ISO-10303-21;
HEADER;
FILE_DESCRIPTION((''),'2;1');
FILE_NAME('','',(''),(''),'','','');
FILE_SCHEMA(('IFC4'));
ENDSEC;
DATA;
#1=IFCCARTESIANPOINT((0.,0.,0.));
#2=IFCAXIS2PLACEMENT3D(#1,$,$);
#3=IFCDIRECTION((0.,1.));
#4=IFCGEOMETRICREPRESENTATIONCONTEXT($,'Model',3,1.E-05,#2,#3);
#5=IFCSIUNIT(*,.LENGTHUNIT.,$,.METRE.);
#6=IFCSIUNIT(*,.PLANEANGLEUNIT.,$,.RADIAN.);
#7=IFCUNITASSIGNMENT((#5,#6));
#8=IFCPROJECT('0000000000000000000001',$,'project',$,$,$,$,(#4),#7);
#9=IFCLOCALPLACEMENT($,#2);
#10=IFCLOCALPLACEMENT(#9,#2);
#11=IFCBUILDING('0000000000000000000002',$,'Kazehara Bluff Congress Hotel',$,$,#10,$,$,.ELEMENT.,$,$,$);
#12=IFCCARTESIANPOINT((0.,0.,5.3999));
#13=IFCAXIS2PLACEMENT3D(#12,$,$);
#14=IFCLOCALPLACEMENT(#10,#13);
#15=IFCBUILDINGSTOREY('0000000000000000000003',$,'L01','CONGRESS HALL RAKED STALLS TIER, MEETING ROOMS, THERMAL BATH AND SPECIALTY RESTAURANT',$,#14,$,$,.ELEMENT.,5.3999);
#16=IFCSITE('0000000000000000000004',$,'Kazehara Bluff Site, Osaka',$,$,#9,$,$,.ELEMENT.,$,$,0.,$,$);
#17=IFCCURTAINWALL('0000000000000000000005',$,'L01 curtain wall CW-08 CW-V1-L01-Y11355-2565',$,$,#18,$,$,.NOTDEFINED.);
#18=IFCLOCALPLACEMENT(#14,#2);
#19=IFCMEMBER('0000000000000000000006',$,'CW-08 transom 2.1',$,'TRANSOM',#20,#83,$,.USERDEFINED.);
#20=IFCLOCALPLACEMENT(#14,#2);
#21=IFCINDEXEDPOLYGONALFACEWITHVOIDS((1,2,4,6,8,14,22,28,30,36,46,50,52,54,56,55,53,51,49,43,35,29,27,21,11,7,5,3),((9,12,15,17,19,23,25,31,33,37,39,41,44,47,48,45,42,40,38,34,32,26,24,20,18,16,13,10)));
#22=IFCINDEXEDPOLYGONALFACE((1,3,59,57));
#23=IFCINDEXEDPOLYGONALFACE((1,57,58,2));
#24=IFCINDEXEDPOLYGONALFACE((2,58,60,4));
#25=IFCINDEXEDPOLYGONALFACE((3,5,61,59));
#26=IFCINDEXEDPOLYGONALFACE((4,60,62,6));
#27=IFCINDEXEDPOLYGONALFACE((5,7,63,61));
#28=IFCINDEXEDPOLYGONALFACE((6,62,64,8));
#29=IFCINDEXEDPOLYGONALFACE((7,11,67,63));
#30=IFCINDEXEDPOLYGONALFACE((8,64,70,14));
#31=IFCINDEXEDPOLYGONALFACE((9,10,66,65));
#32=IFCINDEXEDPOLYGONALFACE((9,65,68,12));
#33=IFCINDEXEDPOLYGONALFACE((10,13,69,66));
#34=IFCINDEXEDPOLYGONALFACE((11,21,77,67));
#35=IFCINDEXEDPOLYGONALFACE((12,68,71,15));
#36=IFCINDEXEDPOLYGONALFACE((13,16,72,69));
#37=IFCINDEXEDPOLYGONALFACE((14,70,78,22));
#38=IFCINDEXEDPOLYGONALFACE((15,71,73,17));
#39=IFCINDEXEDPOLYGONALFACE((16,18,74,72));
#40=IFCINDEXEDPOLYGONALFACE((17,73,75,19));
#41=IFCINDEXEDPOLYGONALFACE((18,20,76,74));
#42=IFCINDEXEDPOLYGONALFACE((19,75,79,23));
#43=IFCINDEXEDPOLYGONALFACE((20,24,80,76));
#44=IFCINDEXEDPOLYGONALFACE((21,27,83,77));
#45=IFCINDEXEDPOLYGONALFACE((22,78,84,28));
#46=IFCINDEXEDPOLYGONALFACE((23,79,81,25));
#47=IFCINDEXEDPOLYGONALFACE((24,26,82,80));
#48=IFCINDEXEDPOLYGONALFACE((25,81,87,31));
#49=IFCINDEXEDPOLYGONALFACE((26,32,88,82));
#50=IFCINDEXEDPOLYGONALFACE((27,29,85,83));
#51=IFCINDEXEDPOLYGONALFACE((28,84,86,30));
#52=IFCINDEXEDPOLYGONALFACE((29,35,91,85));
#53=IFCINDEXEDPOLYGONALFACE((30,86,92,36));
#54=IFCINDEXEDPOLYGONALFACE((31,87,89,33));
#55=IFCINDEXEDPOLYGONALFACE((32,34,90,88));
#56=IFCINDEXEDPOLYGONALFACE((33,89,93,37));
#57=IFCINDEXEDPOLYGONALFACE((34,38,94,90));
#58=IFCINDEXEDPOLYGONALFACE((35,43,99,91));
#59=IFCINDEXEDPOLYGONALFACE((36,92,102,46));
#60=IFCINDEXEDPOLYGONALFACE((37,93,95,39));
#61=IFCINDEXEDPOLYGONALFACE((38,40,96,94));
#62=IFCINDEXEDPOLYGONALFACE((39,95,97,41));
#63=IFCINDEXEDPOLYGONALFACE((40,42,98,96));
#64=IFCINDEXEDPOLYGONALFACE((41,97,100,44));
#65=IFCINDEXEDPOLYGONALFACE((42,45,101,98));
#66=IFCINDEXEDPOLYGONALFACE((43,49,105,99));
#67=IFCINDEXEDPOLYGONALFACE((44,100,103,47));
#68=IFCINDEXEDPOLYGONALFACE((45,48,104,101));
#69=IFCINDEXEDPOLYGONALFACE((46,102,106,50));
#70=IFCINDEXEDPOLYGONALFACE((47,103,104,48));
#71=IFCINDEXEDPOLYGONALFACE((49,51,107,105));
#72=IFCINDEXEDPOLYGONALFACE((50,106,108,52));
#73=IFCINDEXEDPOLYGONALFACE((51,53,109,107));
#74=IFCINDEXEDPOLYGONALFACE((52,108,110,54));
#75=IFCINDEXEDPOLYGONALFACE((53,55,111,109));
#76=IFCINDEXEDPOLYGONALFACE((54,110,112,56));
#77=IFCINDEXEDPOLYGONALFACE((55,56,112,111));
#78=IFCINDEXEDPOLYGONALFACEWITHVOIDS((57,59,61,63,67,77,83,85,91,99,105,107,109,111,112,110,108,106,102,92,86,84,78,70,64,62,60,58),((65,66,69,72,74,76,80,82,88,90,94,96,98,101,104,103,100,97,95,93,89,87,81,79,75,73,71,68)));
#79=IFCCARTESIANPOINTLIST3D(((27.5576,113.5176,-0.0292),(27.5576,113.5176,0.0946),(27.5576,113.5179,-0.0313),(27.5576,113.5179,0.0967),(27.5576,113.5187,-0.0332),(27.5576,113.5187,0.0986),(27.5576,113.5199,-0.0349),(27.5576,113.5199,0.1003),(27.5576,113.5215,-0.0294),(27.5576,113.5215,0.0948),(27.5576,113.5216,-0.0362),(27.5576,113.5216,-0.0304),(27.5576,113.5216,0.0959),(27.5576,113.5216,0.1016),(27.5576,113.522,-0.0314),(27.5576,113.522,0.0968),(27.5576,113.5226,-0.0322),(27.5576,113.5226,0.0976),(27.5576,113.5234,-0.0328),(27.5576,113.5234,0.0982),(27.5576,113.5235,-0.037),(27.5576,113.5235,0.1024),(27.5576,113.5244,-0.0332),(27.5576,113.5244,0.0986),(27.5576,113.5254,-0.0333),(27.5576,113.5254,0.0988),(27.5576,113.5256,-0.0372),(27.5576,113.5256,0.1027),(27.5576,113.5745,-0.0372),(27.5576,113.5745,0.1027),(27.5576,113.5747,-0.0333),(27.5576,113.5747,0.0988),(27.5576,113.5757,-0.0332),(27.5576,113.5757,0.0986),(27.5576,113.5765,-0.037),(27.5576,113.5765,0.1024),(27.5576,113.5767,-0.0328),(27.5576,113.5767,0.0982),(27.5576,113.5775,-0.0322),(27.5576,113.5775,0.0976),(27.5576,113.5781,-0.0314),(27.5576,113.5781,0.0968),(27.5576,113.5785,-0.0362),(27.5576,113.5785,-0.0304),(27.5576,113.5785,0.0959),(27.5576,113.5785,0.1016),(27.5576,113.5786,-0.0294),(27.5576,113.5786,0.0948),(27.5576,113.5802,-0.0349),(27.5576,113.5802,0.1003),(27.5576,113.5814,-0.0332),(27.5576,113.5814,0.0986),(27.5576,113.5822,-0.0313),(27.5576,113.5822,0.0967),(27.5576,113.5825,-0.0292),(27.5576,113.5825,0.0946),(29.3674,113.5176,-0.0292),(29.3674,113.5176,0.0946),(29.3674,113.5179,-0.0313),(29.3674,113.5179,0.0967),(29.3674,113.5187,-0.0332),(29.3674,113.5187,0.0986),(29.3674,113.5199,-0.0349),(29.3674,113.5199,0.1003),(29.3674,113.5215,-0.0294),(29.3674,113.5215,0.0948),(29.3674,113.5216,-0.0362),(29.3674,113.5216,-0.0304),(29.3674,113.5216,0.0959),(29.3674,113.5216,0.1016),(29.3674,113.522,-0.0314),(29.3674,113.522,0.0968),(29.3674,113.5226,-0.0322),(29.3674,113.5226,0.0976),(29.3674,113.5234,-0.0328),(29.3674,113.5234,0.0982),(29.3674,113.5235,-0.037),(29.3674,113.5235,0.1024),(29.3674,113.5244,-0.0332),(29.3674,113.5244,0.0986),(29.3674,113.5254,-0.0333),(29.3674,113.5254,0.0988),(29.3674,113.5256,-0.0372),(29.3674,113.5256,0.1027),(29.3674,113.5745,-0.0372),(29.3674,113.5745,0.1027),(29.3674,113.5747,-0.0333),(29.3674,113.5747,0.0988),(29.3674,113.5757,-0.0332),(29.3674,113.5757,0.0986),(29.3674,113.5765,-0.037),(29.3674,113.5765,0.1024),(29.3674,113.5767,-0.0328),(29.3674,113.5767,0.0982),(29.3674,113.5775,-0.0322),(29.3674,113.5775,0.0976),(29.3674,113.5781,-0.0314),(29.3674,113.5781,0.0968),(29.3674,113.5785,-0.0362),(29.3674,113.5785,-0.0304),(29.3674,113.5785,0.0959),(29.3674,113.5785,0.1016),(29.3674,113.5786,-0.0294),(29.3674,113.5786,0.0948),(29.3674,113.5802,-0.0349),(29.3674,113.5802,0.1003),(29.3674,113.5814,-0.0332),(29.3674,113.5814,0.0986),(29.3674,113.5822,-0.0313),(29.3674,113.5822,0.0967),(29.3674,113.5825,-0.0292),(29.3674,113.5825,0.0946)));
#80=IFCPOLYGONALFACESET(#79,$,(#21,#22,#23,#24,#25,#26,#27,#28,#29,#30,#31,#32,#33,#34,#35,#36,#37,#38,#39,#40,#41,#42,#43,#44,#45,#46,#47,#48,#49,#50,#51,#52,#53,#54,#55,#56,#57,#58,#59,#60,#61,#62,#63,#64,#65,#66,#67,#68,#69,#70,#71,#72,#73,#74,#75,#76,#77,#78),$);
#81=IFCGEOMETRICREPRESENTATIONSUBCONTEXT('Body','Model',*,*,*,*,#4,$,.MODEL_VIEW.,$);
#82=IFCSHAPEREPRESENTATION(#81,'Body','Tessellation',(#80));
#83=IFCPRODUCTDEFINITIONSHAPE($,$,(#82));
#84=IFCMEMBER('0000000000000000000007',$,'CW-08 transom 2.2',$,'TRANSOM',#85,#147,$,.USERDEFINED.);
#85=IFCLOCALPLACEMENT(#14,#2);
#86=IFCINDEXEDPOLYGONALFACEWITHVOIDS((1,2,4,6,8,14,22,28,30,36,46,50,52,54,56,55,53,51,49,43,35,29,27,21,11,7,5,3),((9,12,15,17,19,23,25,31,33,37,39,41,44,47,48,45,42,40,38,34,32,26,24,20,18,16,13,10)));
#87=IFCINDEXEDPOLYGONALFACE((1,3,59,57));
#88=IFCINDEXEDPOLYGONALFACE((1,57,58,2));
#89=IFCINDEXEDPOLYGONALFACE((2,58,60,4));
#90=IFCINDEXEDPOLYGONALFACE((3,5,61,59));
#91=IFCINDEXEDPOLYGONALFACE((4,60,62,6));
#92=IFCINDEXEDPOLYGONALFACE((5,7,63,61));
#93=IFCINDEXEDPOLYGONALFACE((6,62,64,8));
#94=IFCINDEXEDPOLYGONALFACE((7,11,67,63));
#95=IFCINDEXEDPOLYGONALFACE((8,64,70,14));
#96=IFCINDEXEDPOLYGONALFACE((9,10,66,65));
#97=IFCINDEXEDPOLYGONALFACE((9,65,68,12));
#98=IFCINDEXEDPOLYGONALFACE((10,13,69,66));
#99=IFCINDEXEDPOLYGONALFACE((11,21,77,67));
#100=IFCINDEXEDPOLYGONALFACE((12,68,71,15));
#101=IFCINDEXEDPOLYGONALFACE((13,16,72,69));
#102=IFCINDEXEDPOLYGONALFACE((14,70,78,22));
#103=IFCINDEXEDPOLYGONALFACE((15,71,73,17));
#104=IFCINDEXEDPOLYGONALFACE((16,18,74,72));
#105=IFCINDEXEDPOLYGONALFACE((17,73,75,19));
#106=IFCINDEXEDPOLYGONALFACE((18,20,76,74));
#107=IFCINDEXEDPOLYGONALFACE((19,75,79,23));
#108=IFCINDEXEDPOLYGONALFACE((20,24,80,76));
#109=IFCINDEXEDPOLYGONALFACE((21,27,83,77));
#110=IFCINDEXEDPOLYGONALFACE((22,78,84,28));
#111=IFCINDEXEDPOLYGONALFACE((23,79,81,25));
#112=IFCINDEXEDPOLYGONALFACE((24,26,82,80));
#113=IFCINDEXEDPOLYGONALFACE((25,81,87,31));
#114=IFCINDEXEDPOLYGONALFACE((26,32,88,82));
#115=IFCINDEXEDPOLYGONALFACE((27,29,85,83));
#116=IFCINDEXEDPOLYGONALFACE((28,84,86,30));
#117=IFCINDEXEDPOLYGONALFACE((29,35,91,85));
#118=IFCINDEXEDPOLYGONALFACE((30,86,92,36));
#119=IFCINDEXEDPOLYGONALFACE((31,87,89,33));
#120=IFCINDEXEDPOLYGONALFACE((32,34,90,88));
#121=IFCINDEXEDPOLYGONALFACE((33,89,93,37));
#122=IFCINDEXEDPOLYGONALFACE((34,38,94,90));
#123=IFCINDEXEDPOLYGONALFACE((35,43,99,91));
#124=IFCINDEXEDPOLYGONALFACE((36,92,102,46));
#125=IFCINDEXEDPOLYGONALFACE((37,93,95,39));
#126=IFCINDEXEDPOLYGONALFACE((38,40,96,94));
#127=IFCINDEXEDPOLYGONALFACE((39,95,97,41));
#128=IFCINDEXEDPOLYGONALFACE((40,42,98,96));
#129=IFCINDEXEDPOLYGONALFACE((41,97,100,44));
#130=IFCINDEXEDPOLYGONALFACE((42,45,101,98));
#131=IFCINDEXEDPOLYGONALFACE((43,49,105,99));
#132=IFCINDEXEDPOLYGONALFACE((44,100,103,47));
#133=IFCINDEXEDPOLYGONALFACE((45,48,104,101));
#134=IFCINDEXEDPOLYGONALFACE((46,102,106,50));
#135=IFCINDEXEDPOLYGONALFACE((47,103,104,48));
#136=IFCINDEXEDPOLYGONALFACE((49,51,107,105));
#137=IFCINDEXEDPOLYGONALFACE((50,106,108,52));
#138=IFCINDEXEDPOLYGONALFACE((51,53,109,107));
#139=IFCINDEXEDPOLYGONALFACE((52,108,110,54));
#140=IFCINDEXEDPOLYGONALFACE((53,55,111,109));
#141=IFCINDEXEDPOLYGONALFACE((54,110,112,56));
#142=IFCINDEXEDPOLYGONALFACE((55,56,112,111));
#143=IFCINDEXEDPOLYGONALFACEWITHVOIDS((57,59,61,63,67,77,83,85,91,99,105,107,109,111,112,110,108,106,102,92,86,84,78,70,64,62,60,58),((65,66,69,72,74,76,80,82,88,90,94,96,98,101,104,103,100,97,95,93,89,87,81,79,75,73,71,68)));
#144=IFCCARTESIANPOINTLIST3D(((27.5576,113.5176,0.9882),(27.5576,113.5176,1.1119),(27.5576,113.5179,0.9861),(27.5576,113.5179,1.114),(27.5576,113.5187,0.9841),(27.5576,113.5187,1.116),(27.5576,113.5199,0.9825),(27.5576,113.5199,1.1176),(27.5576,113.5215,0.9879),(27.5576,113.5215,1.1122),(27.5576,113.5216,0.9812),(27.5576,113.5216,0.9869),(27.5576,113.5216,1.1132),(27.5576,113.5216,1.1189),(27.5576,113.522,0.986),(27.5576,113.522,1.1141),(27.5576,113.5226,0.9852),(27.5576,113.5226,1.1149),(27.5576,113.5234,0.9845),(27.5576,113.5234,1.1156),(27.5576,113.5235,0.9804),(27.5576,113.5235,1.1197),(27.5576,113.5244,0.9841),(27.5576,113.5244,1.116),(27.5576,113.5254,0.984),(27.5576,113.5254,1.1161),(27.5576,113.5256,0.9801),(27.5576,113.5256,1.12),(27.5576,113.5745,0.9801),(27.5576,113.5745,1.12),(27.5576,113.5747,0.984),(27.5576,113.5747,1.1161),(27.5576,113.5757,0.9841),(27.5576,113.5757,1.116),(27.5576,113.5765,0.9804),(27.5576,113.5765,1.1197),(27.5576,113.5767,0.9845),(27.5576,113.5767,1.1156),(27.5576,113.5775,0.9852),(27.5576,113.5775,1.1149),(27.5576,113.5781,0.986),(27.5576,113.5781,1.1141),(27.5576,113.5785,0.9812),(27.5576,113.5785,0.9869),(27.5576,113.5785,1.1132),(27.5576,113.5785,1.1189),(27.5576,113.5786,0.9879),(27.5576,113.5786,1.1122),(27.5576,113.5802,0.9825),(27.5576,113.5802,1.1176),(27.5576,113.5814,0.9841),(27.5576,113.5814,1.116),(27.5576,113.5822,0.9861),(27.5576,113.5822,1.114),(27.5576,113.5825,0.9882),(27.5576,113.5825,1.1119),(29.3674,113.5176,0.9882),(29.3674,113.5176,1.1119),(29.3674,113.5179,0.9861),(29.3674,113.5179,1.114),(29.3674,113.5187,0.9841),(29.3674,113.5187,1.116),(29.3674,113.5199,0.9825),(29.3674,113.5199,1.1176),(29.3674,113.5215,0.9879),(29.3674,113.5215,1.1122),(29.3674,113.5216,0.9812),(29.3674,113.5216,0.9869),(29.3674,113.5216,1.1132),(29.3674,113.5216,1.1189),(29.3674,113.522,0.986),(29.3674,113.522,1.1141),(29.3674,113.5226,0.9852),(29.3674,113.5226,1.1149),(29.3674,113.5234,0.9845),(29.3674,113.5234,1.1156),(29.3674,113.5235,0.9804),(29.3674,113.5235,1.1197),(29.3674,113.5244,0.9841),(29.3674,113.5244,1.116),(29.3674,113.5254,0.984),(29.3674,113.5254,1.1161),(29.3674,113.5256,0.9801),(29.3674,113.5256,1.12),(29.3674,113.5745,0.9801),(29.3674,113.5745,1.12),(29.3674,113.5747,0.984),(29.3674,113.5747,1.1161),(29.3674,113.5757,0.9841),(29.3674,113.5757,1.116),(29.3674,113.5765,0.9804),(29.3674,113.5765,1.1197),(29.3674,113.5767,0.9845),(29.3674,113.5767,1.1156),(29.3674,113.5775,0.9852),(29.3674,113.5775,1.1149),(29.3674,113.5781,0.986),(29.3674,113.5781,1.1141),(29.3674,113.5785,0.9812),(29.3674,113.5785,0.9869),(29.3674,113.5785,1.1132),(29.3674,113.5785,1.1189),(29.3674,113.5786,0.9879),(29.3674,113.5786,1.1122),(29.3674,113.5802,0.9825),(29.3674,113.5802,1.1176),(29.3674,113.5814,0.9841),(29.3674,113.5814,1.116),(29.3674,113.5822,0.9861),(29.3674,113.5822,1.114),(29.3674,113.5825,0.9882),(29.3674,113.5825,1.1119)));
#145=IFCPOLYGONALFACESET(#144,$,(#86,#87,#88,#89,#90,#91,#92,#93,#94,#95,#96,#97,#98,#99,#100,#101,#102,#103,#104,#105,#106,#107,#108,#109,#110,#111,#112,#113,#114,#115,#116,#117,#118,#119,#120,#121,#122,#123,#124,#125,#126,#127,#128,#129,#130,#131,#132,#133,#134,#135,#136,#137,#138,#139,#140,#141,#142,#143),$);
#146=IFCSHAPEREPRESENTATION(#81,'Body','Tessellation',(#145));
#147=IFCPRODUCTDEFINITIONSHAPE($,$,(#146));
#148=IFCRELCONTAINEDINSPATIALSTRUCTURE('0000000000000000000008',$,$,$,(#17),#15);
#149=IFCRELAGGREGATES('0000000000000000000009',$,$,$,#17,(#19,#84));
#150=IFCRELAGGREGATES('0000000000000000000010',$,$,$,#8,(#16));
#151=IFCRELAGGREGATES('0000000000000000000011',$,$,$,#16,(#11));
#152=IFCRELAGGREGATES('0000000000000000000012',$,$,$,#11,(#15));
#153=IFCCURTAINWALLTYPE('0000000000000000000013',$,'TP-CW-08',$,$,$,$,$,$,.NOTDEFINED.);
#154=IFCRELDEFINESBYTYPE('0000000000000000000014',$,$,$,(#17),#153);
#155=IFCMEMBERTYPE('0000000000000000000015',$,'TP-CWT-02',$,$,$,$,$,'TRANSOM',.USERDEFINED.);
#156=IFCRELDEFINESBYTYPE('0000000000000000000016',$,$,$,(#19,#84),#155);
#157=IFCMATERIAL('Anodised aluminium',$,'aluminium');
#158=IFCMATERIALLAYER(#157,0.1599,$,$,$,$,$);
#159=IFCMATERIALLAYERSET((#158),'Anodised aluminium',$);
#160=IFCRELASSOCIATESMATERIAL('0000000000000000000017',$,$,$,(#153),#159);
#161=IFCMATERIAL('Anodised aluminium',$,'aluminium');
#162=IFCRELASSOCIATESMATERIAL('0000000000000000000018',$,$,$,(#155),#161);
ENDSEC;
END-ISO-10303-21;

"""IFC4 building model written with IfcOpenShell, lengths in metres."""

from ifc_helpers import new_model, si_unit, direction, frame, origin, origin_2d, place, context, subcontext, project, spatial, hollow_rectangle, extrude, material, layer, layer_set, material_profile, profile_set, type_object, element, aggregate, save


model = new_model("IFC4")

# Units and contexts
model_context = context("Model", 3, precision=1e-05, world=origin(), true_north=direction((0.0, 1.0)))
body_context = subcontext(model_context, "Body", "Model", "MODEL_VIEW")
ifc_project = project(units=[si_unit("LENGTHUNIT", "METRE"), si_unit("PLANEANGLEUNIT", "RADIAN")], contexts=[model_context])

# Site, building, storey
site_placement = place(None, origin())
site = spatial("IfcSite", under=ifc_project, at=site_placement, Name="Kazehara Bluff Site, Osaka", CompositionType="ELEMENT", RefElevation=0.0)
building_placement = place(site_placement, origin())
building = spatial("IfcBuilding", under=site, at=building_placement, Name="Kazehara Bluff Congress Hotel", CompositionType="ELEMENT")
storey_placement = place(building_placement, frame((0.0, 0.0, 5.3999)))
storey = spatial("IfcBuildingStorey", under=building, at=storey_placement, Name="L01", Description="CONGRESS HALL RAKED STALLS TIER, MEETING ROOMS, THERMAL BATH AND SPECIALTY RESTAURANT", CompositionType="ELEMENT", Elevation=5.3999)

# Curtain wall
ifc_material_1 = material(Name="Anodised aluminium", Category="aluminium")
ifc_layer_1 = layer(ifc_material_1, 0.1599)
ifc_layer_set_1 = layer_set([ifc_layer_1], Name="Anodised aluminium")
curtain_wall_type = type_object("IfcCurtainWallType", Name="TP-CW-08", PredefinedType="NOTDEFINED", material=ifc_layer_set_1)
curtain_wall_1_placement = place(storey_placement, origin())
curtain_wall_1 = element("IfcCurtainWall", 1, at=curtain_wall_1_placement, inside=storey, type_object=curtain_wall_type, Name="L01 curtain wall CW-08 CW-V1-L01-Y11355-2565", PredefinedType="NOTDEFINED")

# Members
ifc_material_2 = material(Name="Anodised aluminium", Category="aluminium")
ifc_material_profile_1 = material_profile(ifc_material_2, hollow_rectangle(XDim=0.0649, YDim=0.1399, WallThickness=0.0039, InnerFilletRadius=0.0039, OuterFilletRadius=0.0081, at=origin_2d()))
ifc_profile_set_1 = profile_set([ifc_material_profile_1], Name="Anodised aluminium")
member_type_1 = type_object("IfcMemberType", Name="TP-CWT-02", ElementType="TRANSOM", PredefinedType="USERDEFINED", material=ifc_profile_set_1)
member_1_placement = place(storey_placement, frame((27.5576, 113.55, 0.0327), z_axis=(1.0, 0.0, 0.0), x_axis=(0.0, 1.0, 0.0)))
member_1 = element("IfcMember", 2, at=member_1_placement, type_object=member_type_1, Name="CW-08 transom 2.1", ObjectType="TRANSOM", PredefinedType="USERDEFINED", context=body_context, shape_type="SweptSolid", body=[
    extrude(hollow_rectangle(XDim=0.0649, YDim=0.1399, WallThickness=0.0039, InnerFilletRadius=0.0039, OuterFilletRadius=0.0081, at=origin_2d()), origin(), (0.0, 0.0, 1.0), 1.8098),
])
member_2_placement = place(storey_placement, frame((27.5576, 113.55, 1.05), z_axis=(1.0, 0.0, 0.0), x_axis=(0.0, 1.0, 0.0)))
member_2 = element("IfcMember", 3, at=member_2_placement, type_object=member_type_1, Name="CW-08 transom 2.2", ObjectType="TRANSOM", PredefinedType="USERDEFINED", context=body_context, shape_type="SweptSolid", body=[
    extrude(hollow_rectangle(XDim=0.0649, YDim=0.1399, WallThickness=0.0039, InnerFilletRadius=0.0039, OuterFilletRadius=0.0081, at=origin_2d()), origin(), (0.0, 0.0, 1.0), 1.8098),
])

aggregate(curtain_wall_1, [member_1, member_2])

save(model, "model.ifc")
